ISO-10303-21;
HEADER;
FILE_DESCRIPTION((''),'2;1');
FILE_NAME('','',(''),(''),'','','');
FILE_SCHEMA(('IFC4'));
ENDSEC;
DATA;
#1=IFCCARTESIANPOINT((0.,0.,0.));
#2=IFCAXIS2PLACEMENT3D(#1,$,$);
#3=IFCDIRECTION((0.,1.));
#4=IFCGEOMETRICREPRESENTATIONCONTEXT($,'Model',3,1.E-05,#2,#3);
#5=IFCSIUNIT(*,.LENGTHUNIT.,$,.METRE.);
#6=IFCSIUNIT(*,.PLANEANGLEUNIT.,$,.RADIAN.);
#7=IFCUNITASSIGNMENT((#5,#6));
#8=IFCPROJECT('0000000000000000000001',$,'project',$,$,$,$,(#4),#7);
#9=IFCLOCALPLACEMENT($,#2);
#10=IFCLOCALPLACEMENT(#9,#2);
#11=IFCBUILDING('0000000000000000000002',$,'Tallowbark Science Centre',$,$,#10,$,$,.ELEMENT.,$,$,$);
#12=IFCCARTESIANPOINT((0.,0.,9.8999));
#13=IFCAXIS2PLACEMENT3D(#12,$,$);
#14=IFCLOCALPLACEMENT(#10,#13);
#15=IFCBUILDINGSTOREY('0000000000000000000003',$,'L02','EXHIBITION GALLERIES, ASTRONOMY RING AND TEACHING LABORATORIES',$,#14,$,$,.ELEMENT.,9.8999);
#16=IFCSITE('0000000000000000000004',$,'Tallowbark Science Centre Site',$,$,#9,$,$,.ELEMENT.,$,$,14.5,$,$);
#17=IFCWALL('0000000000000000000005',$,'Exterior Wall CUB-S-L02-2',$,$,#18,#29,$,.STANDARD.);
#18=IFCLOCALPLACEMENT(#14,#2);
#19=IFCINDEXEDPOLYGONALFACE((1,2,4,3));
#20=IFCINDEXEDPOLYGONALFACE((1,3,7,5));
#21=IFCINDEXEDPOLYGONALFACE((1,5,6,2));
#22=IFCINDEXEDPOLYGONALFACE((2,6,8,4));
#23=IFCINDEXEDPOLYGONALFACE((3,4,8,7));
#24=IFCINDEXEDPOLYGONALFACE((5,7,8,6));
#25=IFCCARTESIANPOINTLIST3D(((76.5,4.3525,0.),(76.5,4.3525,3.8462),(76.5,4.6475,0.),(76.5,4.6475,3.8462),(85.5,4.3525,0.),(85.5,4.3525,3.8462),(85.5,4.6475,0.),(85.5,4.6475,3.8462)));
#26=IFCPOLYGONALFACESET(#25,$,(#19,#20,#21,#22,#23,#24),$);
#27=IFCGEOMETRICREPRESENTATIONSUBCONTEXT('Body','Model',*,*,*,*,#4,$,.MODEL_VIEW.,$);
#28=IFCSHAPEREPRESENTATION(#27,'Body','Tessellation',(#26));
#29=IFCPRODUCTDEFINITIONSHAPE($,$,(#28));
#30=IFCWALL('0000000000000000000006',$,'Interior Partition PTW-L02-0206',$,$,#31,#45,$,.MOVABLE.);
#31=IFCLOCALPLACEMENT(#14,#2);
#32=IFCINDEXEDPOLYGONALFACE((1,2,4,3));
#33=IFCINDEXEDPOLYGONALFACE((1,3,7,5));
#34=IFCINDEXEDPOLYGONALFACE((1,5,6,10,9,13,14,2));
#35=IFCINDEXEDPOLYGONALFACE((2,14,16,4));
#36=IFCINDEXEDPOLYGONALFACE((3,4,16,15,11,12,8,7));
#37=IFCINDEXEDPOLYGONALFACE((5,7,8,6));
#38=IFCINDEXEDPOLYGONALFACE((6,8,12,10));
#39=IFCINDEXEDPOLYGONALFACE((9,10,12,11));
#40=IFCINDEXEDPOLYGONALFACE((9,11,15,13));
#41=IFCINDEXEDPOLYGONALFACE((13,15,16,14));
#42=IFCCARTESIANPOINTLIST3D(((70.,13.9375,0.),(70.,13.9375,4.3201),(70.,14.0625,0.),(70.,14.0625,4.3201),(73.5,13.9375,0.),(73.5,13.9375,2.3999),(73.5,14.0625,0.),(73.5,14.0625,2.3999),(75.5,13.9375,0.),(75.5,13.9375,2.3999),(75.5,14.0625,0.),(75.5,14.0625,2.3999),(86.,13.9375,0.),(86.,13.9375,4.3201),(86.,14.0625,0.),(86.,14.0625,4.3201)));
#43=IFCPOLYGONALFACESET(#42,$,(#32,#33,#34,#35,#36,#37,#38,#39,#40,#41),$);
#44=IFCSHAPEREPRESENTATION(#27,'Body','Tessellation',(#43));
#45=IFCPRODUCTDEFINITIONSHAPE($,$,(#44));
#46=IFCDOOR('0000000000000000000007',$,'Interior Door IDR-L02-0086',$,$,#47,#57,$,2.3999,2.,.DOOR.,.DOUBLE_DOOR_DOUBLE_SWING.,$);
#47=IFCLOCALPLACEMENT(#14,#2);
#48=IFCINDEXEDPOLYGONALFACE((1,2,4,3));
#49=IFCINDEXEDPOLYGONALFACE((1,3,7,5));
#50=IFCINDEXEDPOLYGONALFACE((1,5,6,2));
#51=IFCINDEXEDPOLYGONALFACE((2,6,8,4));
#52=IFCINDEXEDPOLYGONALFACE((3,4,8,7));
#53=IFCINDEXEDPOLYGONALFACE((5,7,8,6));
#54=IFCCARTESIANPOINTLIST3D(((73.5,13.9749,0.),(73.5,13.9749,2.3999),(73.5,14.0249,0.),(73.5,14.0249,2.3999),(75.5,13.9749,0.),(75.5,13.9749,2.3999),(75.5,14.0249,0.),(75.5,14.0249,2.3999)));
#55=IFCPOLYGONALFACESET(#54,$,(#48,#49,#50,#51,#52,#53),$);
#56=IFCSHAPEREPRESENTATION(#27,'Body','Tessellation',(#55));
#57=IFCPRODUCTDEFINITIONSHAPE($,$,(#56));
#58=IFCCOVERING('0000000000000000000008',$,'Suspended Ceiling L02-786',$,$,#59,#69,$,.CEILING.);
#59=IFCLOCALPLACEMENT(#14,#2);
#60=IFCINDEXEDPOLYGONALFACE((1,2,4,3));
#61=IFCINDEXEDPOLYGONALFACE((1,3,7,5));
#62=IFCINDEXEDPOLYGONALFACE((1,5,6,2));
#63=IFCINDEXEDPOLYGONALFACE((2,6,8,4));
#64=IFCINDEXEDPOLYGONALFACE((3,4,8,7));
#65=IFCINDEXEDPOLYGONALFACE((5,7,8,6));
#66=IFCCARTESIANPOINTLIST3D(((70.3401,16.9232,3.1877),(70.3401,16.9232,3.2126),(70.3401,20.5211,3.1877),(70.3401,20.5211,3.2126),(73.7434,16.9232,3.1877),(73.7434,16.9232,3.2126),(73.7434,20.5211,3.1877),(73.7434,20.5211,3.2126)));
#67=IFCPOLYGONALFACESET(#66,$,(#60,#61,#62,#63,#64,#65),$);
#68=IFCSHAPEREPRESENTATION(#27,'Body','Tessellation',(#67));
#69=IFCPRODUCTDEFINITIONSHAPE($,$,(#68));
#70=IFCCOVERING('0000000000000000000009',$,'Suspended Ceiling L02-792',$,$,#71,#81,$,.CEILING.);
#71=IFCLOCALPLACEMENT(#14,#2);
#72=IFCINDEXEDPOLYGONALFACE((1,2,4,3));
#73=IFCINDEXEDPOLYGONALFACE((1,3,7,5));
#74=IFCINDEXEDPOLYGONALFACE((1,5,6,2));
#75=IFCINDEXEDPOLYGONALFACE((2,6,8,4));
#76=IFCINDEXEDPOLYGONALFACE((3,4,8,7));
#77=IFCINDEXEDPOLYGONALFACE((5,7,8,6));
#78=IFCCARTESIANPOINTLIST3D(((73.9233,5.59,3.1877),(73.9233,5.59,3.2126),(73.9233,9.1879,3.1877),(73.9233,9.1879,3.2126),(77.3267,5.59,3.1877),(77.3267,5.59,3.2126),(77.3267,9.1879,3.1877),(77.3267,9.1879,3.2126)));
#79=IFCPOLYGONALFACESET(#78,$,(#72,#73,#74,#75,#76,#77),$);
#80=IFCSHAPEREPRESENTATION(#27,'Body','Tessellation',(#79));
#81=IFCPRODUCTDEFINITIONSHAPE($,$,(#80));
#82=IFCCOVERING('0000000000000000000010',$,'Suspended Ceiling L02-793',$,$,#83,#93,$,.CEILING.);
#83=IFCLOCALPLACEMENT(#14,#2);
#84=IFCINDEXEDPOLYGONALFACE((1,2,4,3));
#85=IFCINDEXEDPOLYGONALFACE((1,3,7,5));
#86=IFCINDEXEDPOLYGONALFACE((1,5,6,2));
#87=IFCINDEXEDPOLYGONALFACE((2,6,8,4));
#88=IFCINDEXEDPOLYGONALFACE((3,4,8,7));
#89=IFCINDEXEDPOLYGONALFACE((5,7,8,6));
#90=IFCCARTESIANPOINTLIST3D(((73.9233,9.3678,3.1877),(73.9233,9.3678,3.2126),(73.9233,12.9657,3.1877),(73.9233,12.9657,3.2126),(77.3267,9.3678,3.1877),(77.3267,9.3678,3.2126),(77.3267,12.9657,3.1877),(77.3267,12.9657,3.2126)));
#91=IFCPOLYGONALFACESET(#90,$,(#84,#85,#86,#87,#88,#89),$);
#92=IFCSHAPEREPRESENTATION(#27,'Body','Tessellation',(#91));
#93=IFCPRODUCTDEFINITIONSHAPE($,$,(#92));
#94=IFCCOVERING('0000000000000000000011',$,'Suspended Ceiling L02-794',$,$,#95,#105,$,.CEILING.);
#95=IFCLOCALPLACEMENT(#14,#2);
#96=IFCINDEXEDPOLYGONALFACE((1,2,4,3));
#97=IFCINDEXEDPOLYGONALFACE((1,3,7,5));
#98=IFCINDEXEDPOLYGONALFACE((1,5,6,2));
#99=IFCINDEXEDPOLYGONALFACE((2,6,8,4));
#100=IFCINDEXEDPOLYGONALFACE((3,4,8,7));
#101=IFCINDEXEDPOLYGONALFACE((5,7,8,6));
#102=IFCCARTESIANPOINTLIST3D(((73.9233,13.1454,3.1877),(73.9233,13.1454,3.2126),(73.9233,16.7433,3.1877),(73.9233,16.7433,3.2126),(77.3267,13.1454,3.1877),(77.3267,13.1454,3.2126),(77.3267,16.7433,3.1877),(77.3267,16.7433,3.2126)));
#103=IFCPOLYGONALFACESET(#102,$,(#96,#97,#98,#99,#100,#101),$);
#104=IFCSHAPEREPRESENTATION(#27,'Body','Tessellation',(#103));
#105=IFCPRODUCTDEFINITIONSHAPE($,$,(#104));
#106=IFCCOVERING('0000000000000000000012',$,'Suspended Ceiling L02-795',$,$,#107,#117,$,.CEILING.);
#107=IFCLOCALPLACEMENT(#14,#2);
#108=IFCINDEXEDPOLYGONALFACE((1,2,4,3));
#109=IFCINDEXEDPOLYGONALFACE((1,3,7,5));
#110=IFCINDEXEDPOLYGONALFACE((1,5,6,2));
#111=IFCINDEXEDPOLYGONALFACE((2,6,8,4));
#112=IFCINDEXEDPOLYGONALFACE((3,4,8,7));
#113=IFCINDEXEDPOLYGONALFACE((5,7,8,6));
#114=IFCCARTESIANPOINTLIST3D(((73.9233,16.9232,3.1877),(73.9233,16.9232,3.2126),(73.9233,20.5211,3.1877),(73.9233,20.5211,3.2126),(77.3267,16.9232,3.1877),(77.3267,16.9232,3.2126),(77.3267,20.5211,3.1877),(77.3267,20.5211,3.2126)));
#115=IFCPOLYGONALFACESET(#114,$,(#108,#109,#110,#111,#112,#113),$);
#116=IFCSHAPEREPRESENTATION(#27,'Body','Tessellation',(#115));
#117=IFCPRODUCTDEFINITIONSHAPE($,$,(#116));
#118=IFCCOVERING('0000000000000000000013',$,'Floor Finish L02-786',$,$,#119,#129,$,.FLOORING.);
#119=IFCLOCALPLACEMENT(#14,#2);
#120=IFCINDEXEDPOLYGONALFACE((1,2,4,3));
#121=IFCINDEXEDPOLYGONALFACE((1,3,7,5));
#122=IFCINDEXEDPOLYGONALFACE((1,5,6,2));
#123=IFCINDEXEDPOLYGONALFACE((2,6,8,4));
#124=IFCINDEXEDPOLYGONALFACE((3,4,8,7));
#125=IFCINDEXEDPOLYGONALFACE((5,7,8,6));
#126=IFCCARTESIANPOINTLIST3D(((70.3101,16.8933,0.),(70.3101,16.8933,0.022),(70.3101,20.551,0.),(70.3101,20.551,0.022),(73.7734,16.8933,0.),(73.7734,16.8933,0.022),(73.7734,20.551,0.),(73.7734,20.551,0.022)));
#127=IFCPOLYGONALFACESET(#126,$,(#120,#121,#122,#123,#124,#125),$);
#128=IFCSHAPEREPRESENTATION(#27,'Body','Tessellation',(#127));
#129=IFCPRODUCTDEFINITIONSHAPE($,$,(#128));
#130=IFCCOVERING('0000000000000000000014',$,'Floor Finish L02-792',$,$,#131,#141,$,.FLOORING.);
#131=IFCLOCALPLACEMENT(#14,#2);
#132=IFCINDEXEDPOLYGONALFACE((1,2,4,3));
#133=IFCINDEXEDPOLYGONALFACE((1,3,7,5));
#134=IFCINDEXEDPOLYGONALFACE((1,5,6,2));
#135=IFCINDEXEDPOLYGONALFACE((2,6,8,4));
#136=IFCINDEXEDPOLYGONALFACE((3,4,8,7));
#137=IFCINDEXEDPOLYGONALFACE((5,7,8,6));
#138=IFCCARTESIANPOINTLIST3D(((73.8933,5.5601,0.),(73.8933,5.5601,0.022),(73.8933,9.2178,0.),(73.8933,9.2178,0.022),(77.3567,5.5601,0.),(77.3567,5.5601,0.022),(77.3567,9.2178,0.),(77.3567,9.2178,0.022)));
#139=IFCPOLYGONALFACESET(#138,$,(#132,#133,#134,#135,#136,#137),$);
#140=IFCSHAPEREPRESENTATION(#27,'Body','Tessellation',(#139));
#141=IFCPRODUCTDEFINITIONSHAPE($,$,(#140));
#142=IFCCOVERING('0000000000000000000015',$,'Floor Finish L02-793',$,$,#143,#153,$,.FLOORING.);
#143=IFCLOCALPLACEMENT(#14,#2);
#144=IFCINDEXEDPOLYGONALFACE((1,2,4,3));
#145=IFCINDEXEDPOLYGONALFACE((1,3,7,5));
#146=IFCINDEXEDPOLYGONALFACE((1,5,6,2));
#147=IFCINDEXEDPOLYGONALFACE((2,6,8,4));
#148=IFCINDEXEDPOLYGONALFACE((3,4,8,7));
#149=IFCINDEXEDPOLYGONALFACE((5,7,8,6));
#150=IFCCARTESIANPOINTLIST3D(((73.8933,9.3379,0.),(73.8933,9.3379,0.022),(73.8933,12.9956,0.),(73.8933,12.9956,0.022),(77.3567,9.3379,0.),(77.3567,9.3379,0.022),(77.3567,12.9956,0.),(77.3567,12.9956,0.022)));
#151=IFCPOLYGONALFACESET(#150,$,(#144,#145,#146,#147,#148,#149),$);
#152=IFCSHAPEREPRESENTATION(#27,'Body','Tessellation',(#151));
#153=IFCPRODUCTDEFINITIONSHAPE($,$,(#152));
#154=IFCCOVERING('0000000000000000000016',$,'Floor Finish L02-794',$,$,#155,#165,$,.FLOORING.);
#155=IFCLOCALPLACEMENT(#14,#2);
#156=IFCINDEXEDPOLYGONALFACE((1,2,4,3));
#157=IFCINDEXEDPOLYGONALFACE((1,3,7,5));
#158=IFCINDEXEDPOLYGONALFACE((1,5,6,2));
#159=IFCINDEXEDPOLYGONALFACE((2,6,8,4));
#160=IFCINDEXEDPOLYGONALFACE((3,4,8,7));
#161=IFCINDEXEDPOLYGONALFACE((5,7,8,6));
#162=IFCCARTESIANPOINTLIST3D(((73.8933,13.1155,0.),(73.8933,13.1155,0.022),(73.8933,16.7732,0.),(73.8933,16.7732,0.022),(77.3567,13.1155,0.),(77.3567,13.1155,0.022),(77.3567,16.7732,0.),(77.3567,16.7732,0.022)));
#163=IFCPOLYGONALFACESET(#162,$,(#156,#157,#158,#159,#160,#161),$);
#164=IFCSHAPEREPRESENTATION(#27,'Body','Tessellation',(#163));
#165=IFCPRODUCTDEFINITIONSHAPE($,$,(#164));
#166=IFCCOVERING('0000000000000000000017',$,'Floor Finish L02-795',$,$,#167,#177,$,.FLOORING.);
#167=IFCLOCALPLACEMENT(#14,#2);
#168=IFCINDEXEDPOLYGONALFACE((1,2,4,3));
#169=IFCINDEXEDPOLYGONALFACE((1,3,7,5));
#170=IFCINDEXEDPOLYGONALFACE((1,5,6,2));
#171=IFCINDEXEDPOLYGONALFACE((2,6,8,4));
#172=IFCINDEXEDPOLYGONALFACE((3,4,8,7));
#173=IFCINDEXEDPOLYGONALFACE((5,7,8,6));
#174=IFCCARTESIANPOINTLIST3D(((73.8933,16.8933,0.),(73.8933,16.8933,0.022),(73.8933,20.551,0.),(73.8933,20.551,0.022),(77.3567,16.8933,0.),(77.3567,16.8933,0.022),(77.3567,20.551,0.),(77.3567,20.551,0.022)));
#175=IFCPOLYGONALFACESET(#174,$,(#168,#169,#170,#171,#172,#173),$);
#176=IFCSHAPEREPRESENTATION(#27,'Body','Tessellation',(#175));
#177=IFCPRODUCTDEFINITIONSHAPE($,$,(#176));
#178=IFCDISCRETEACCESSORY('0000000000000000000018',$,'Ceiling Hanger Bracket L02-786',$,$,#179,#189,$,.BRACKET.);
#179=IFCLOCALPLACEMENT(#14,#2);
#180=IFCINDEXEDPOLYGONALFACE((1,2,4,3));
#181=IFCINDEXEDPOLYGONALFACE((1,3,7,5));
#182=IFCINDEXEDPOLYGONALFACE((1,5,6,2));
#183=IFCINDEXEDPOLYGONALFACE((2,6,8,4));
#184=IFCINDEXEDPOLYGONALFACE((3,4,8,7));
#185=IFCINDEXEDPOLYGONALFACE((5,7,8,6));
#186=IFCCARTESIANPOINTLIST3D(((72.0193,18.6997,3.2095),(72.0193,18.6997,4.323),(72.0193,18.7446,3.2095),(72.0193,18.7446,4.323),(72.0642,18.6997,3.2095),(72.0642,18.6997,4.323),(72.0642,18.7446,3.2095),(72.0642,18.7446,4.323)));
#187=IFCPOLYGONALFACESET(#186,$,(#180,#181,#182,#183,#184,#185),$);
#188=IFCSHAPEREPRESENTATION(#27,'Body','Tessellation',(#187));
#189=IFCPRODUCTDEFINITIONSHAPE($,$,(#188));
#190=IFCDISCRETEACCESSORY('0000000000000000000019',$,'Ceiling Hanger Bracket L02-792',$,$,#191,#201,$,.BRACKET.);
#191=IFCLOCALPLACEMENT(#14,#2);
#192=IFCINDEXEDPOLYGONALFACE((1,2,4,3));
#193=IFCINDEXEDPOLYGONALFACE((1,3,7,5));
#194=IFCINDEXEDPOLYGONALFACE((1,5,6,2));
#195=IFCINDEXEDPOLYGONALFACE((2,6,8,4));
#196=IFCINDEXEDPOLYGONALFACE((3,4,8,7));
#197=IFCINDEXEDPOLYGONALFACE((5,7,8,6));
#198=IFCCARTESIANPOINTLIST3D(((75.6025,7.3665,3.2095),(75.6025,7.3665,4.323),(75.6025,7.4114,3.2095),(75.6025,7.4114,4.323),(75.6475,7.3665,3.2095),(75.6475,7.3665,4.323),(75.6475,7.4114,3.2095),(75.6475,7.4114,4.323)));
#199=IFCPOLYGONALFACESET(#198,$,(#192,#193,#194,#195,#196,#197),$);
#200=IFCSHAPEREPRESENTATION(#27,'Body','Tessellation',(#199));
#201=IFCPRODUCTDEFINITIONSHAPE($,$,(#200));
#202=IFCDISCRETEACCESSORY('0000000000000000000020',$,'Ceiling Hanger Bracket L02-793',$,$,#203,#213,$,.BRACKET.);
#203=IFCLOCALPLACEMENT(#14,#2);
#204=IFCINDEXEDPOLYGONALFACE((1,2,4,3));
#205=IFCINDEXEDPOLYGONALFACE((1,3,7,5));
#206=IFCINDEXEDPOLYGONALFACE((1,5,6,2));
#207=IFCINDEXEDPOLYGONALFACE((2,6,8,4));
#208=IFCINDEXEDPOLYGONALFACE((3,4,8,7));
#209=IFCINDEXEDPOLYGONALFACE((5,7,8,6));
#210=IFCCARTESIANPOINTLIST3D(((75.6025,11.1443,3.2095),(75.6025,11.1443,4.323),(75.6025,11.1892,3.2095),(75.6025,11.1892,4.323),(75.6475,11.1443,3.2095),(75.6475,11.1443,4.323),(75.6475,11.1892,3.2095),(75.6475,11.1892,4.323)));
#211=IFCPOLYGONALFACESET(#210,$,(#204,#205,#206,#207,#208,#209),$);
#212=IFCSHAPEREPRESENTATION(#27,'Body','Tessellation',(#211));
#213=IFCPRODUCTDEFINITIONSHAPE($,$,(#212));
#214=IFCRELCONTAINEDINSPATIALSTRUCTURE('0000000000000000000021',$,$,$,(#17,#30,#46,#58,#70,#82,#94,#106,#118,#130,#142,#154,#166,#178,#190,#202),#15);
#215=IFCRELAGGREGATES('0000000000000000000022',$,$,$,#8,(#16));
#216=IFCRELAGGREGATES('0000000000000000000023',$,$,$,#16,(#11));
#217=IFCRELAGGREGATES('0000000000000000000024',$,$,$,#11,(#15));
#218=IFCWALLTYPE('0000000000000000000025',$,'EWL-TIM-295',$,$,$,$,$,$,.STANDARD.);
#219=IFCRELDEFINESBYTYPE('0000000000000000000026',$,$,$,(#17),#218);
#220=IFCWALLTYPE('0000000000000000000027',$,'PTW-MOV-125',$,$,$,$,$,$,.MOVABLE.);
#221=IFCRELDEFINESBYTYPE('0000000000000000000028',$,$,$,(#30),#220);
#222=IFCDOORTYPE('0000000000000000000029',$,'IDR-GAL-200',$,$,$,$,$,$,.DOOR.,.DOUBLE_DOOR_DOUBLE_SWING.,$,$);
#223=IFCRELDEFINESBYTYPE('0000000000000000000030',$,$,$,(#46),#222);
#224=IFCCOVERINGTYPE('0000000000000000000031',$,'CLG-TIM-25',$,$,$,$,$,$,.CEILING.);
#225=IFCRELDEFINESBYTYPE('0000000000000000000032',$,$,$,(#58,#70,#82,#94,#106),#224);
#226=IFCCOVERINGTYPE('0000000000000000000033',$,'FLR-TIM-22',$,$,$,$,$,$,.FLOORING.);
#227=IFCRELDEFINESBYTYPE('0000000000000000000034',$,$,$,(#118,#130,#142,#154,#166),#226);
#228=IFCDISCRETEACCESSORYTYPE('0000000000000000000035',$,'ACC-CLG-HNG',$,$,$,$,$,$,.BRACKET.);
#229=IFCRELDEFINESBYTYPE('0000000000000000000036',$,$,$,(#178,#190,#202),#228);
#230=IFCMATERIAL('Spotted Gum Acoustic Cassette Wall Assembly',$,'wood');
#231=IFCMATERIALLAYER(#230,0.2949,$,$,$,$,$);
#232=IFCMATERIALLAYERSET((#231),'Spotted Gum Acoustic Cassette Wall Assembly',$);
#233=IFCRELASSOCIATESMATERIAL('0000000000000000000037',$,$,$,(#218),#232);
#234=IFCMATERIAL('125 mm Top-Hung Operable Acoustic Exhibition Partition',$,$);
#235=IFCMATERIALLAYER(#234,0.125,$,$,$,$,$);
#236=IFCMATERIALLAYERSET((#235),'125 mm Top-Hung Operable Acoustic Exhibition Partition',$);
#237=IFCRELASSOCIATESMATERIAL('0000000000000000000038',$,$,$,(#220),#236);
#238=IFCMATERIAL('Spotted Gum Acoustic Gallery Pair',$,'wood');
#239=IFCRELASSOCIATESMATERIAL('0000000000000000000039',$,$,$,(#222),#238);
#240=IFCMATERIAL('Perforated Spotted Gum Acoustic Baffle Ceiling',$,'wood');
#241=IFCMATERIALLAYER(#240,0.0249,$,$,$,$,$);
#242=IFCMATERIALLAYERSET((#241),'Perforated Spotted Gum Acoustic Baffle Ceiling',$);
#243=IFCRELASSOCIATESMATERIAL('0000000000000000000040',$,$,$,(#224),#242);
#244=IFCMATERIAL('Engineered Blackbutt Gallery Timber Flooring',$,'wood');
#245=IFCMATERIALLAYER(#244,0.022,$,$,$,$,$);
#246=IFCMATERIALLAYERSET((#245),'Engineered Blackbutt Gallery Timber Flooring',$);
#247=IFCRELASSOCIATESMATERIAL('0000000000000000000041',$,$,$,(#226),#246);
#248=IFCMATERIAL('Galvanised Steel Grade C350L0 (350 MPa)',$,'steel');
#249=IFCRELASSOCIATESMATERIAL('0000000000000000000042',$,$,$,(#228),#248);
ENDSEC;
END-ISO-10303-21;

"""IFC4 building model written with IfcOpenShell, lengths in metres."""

from ifc_helpers import new_model, si_unit, direction, frame, frame_2d, origin, origin_2d, place, context, subcontext, project, spatial, rectangle, extrude, material, layer, layer_set, type_object, element, fill, save


model = new_model("IFC4")

# Units and contexts
model_context = context("Model", 3, precision=1e-05, world=origin(), true_north=direction((0.0, 1.0)))
body_context = subcontext(model_context, "Body", "Model", "MODEL_VIEW")
ifc_project = project(units=[si_unit("LENGTHUNIT", "METRE"), si_unit("PLANEANGLEUNIT", "RADIAN")], contexts=[model_context])

# Site, building, storey
site_placement = place(None, origin())
site = spatial("IfcSite", under=ifc_project, at=site_placement, Name="Tallowbark Science Centre Site", CompositionType="ELEMENT", RefElevation=14.5)
building_placement = place(site_placement, origin())
building = spatial("IfcBuilding", under=site, at=building_placement, Name="Tallowbark Science Centre", CompositionType="ELEMENT")
storey_placement = place(building_placement, frame((0.0, 0.0, 9.8999)))
storey = spatial("IfcBuildingStorey", under=building, at=storey_placement, Name="L02", Description="EXHIBITION GALLERIES, ASTRONOMY RING AND TEACHING LABORATORIES", CompositionType="ELEMENT", Elevation=9.8999)

# Wall
ifc_material_1 = material(Name="Spotted Gum Acoustic Cassette Wall Assembly", Category="wood")
ifc_layer_1 = layer(ifc_material_1, 0.2949)
ifc_layer_set_1 = layer_set([ifc_layer_1], Name="Spotted Gum Acoustic Cassette Wall Assembly")
wall_type_1 = type_object("IfcWallType", Name="EWL-TIM-295", PredefinedType="STANDARD", material=ifc_layer_set_1)
wall_1_placement = place(storey_placement, frame((76.5, 4.5, 0.0), z_axis=(0.0, 0.0, 1.0), x_axis=(1.0, 0.0, 0.0)))
element("IfcWall", 1, at=wall_1_placement, inside=storey, type_object=wall_type_1, Name="Exterior Wall CUB-S-L02-2", PredefinedType="STANDARD", context=body_context, shape_type="SweptSolid", body=[
    extrude(rectangle(XDim=9.0, YDim=0.2949, at=frame_2d((4.5, 0.0))), origin(), (0.0, 0.0, 1.0), 3.8462),
])

# Wall, opening, door
ifc_material_2 = material(Name="125 mm Top-Hung Operable Acoustic Exhibition Partition")
ifc_layer_2 = layer(ifc_material_2, 0.125)
ifc_layer_set_2 = layer_set([ifc_layer_2], Name="125 mm Top-Hung Operable Acoustic Exhibition Partition")
wall_type_2 = type_object("IfcWallType", Name="PTW-MOV-125", PredefinedType="MOVABLE", material=ifc_layer_set_2)
wall_2_placement = place(storey_placement, frame((70.0, 14.0, 0.0), z_axis=(0.0, 0.0, 1.0), x_axis=(1.0, 0.0, 0.0)))
wall_2 = element("IfcWall", 2, at=wall_2_placement, inside=storey, type_object=wall_type_2, Name="Interior Partition PTW-L02-0206", PredefinedType="MOVABLE", context=body_context, shape_type="SweptSolid", body=[
    extrude(rectangle(XDim=16.0, YDim=0.125, at=frame_2d((8.0, 0.0))), origin(), (0.0, 0.0, 1.0), 4.3201),
])
opening_placement = place(wall_2_placement, frame((3.5, 0.0, 0.0)))
opening = element("IfcOpeningElement", 3, at=opening_placement, cuts=wall_2, PredefinedType="OPENING", context=body_context, shape_type="SweptSolid", body=[
    extrude(rectangle(XDim=2.0, YDim=2.3999, at=frame_2d((1.0, 1.2))), frame((0.0, 0.0725, 0.0), z_axis=(0.0, -1.0, 0.0), x_axis=(1.0, 0.0, 0.0)), (0.0, 0.0, 1.0), 0.145),
])
ifc_material_3 = material(Name="Spotted Gum Acoustic Gallery Pair", Category="wood")
door_type = type_object("IfcDoorType", Name="IDR-GAL-200", OperationType="DOUBLE_DOOR_DOUBLE_SWING", PredefinedType="DOOR", material=ifc_material_3)
door_placement = place(opening_placement, origin())
door = element("IfcDoor", 4, at=door_placement, inside=storey, type_object=door_type, Name="Interior Door IDR-L02-0086", OperationType="DOUBLE_DOOR_DOUBLE_SWING", OverallHeight=2.3999, OverallWidth=2.0, PredefinedType="DOOR", context=body_context, shape_type="SweptSolid", body=[
    extrude(rectangle(XDim=2.0, YDim=2.3999, at=frame_2d((1.0, 1.2))), frame((0.0, 0.0249, 0.0), z_axis=(0.0, -1.0, 0.0), x_axis=(1.0, 0.0, 0.0)), (0.0, 0.0, 1.0), 0.05),
])
fill(opening, door)

# Coverings
ifc_material_4 = material(Name="Perforated Spotted Gum Acoustic Baffle Ceiling", Category="wood")
ifc_layer_3 = layer(ifc_material_4, 0.0249)
ifc_layer_set_3 = layer_set([ifc_layer_3], Name="Perforated Spotted Gum Acoustic Baffle Ceiling")
covering_type_1 = type_object("IfcCoveringType", Name="CLG-TIM-25", PredefinedType="CEILING", material=ifc_layer_set_3)
for number, where, z_axis, x_axis, name in (
    (5, (72.0417, 18.7222, 3.1877), (0.0, 0.0, 1.0), (1.0, 0.0, 0.0), "Suspended Ceiling L02-786"),
    (6, (75.625, 7.3889, 3.1877), (0.0, 0.0, 1.0), (1.0, 0.0, 0.0), "Suspended Ceiling L02-792"),
    (7, (75.625, 11.1667, 3.1877), (0.0, 0.0, 1.0), (1.0, 0.0, 0.0), "Suspended Ceiling L02-793"),
    (8, (75.625, 14.9443, 3.1877), (0.0, 0.0, 1.0), (1.0, 0.0, 0.0), "Suspended Ceiling L02-794"),
    (9, (75.625, 18.7222, 3.1877), (0.0, 0.0, 1.0), (1.0, 0.0, 0.0), "Suspended Ceiling L02-795"),
):
    element("IfcCovering", number, at=place(storey_placement, frame(where, z_axis=z_axis, x_axis=x_axis)), inside=storey, type_object=covering_type_1, Name=name, PredefinedType="CEILING", context=body_context, shape_type="SweptSolid", body=[
        extrude(rectangle(XDim=3.4033, YDim=3.5979, at=origin_2d()), origin(), (0.0, 0.0, 1.0), 0.0249),
    ])
ifc_material_5 = material(Name="Engineered Blackbutt Gallery Timber Flooring", Category="wood")
ifc_layer_4 = layer(ifc_material_5, 0.022)
ifc_layer_set_4 = layer_set([ifc_layer_4], Name="Engineered Blackbutt Gallery Timber Flooring")
covering_type_2 = type_object("IfcCoveringType", Name="FLR-TIM-22", PredefinedType="FLOORING", material=ifc_layer_set_4)
for number, where, z_axis, x_axis, name in (
    (10, (72.0417, 18.7222, 0.0), (0.0, 0.0, 1.0), (1.0, 0.0, 0.0), "Floor Finish L02-786"),
    (11, (75.625, 7.3889, 0.0), (0.0, 0.0, 1.0), (1.0, 0.0, 0.0), "Floor Finish L02-792"),
    (12, (75.625, 11.1667, 0.0), (0.0, 0.0, 1.0), (1.0, 0.0, 0.0), "Floor Finish L02-793"),
    (13, (75.625, 14.9443, 0.0), (0.0, 0.0, 1.0), (1.0, 0.0, 0.0), "Floor Finish L02-794"),
    (14, (75.625, 18.7222, 0.0), (0.0, 0.0, 1.0), (1.0, 0.0, 0.0), "Floor Finish L02-795"),
):
    element("IfcCovering", number, at=place(storey_placement, frame(where, z_axis=z_axis, x_axis=x_axis)), inside=storey, type_object=covering_type_2, Name=name, PredefinedType="FLOORING", context=body_context, shape_type="SweptSolid", body=[
        extrude(rectangle(XDim=3.4634, YDim=3.6577, at=origin_2d()), origin(), (0.0, 0.0, 1.0), 0.022),
    ])

# Discrete accessories
ifc_material_6 = material(Name="Galvanised Steel Grade C350L0 (350 MPa)", Category="steel")
discrete_accessory_type = type_object("IfcDiscreteAccessoryType", Name="ACC-CLG-HNG", PredefinedType="BRACKET", material=ifc_material_6)
for number, where, z_axis, x_axis, name in (
    (15, (72.0417, 18.7222, 3.2095), (0.0, 0.0, 1.0), (1.0, 0.0, 0.0), "Ceiling Hanger Bracket L02-786"),
    (16, (75.625, 7.3889, 3.2095), (0.0, 0.0, 1.0), (1.0, 0.0, 0.0), "Ceiling Hanger Bracket L02-792"),
    (17, (75.625, 11.1667, 3.2095), (0.0, 0.0, 1.0), (1.0, 0.0, 0.0), "Ceiling Hanger Bracket L02-793"),
):
    element("IfcDiscreteAccessory", number, at=place(storey_placement, frame(where, z_axis=z_axis, x_axis=x_axis)), inside=storey, type_object=discrete_accessory_type, Name=name, PredefinedType="BRACKET", context=body_context, shape_type="SweptSolid", body=[
        extrude(rectangle(XDim=0.0449, YDim=0.0449, at=origin_2d()), origin(), (0.0, 0.0, 1.0), 1.1135),
    ])

save(model, "model.ifc")
